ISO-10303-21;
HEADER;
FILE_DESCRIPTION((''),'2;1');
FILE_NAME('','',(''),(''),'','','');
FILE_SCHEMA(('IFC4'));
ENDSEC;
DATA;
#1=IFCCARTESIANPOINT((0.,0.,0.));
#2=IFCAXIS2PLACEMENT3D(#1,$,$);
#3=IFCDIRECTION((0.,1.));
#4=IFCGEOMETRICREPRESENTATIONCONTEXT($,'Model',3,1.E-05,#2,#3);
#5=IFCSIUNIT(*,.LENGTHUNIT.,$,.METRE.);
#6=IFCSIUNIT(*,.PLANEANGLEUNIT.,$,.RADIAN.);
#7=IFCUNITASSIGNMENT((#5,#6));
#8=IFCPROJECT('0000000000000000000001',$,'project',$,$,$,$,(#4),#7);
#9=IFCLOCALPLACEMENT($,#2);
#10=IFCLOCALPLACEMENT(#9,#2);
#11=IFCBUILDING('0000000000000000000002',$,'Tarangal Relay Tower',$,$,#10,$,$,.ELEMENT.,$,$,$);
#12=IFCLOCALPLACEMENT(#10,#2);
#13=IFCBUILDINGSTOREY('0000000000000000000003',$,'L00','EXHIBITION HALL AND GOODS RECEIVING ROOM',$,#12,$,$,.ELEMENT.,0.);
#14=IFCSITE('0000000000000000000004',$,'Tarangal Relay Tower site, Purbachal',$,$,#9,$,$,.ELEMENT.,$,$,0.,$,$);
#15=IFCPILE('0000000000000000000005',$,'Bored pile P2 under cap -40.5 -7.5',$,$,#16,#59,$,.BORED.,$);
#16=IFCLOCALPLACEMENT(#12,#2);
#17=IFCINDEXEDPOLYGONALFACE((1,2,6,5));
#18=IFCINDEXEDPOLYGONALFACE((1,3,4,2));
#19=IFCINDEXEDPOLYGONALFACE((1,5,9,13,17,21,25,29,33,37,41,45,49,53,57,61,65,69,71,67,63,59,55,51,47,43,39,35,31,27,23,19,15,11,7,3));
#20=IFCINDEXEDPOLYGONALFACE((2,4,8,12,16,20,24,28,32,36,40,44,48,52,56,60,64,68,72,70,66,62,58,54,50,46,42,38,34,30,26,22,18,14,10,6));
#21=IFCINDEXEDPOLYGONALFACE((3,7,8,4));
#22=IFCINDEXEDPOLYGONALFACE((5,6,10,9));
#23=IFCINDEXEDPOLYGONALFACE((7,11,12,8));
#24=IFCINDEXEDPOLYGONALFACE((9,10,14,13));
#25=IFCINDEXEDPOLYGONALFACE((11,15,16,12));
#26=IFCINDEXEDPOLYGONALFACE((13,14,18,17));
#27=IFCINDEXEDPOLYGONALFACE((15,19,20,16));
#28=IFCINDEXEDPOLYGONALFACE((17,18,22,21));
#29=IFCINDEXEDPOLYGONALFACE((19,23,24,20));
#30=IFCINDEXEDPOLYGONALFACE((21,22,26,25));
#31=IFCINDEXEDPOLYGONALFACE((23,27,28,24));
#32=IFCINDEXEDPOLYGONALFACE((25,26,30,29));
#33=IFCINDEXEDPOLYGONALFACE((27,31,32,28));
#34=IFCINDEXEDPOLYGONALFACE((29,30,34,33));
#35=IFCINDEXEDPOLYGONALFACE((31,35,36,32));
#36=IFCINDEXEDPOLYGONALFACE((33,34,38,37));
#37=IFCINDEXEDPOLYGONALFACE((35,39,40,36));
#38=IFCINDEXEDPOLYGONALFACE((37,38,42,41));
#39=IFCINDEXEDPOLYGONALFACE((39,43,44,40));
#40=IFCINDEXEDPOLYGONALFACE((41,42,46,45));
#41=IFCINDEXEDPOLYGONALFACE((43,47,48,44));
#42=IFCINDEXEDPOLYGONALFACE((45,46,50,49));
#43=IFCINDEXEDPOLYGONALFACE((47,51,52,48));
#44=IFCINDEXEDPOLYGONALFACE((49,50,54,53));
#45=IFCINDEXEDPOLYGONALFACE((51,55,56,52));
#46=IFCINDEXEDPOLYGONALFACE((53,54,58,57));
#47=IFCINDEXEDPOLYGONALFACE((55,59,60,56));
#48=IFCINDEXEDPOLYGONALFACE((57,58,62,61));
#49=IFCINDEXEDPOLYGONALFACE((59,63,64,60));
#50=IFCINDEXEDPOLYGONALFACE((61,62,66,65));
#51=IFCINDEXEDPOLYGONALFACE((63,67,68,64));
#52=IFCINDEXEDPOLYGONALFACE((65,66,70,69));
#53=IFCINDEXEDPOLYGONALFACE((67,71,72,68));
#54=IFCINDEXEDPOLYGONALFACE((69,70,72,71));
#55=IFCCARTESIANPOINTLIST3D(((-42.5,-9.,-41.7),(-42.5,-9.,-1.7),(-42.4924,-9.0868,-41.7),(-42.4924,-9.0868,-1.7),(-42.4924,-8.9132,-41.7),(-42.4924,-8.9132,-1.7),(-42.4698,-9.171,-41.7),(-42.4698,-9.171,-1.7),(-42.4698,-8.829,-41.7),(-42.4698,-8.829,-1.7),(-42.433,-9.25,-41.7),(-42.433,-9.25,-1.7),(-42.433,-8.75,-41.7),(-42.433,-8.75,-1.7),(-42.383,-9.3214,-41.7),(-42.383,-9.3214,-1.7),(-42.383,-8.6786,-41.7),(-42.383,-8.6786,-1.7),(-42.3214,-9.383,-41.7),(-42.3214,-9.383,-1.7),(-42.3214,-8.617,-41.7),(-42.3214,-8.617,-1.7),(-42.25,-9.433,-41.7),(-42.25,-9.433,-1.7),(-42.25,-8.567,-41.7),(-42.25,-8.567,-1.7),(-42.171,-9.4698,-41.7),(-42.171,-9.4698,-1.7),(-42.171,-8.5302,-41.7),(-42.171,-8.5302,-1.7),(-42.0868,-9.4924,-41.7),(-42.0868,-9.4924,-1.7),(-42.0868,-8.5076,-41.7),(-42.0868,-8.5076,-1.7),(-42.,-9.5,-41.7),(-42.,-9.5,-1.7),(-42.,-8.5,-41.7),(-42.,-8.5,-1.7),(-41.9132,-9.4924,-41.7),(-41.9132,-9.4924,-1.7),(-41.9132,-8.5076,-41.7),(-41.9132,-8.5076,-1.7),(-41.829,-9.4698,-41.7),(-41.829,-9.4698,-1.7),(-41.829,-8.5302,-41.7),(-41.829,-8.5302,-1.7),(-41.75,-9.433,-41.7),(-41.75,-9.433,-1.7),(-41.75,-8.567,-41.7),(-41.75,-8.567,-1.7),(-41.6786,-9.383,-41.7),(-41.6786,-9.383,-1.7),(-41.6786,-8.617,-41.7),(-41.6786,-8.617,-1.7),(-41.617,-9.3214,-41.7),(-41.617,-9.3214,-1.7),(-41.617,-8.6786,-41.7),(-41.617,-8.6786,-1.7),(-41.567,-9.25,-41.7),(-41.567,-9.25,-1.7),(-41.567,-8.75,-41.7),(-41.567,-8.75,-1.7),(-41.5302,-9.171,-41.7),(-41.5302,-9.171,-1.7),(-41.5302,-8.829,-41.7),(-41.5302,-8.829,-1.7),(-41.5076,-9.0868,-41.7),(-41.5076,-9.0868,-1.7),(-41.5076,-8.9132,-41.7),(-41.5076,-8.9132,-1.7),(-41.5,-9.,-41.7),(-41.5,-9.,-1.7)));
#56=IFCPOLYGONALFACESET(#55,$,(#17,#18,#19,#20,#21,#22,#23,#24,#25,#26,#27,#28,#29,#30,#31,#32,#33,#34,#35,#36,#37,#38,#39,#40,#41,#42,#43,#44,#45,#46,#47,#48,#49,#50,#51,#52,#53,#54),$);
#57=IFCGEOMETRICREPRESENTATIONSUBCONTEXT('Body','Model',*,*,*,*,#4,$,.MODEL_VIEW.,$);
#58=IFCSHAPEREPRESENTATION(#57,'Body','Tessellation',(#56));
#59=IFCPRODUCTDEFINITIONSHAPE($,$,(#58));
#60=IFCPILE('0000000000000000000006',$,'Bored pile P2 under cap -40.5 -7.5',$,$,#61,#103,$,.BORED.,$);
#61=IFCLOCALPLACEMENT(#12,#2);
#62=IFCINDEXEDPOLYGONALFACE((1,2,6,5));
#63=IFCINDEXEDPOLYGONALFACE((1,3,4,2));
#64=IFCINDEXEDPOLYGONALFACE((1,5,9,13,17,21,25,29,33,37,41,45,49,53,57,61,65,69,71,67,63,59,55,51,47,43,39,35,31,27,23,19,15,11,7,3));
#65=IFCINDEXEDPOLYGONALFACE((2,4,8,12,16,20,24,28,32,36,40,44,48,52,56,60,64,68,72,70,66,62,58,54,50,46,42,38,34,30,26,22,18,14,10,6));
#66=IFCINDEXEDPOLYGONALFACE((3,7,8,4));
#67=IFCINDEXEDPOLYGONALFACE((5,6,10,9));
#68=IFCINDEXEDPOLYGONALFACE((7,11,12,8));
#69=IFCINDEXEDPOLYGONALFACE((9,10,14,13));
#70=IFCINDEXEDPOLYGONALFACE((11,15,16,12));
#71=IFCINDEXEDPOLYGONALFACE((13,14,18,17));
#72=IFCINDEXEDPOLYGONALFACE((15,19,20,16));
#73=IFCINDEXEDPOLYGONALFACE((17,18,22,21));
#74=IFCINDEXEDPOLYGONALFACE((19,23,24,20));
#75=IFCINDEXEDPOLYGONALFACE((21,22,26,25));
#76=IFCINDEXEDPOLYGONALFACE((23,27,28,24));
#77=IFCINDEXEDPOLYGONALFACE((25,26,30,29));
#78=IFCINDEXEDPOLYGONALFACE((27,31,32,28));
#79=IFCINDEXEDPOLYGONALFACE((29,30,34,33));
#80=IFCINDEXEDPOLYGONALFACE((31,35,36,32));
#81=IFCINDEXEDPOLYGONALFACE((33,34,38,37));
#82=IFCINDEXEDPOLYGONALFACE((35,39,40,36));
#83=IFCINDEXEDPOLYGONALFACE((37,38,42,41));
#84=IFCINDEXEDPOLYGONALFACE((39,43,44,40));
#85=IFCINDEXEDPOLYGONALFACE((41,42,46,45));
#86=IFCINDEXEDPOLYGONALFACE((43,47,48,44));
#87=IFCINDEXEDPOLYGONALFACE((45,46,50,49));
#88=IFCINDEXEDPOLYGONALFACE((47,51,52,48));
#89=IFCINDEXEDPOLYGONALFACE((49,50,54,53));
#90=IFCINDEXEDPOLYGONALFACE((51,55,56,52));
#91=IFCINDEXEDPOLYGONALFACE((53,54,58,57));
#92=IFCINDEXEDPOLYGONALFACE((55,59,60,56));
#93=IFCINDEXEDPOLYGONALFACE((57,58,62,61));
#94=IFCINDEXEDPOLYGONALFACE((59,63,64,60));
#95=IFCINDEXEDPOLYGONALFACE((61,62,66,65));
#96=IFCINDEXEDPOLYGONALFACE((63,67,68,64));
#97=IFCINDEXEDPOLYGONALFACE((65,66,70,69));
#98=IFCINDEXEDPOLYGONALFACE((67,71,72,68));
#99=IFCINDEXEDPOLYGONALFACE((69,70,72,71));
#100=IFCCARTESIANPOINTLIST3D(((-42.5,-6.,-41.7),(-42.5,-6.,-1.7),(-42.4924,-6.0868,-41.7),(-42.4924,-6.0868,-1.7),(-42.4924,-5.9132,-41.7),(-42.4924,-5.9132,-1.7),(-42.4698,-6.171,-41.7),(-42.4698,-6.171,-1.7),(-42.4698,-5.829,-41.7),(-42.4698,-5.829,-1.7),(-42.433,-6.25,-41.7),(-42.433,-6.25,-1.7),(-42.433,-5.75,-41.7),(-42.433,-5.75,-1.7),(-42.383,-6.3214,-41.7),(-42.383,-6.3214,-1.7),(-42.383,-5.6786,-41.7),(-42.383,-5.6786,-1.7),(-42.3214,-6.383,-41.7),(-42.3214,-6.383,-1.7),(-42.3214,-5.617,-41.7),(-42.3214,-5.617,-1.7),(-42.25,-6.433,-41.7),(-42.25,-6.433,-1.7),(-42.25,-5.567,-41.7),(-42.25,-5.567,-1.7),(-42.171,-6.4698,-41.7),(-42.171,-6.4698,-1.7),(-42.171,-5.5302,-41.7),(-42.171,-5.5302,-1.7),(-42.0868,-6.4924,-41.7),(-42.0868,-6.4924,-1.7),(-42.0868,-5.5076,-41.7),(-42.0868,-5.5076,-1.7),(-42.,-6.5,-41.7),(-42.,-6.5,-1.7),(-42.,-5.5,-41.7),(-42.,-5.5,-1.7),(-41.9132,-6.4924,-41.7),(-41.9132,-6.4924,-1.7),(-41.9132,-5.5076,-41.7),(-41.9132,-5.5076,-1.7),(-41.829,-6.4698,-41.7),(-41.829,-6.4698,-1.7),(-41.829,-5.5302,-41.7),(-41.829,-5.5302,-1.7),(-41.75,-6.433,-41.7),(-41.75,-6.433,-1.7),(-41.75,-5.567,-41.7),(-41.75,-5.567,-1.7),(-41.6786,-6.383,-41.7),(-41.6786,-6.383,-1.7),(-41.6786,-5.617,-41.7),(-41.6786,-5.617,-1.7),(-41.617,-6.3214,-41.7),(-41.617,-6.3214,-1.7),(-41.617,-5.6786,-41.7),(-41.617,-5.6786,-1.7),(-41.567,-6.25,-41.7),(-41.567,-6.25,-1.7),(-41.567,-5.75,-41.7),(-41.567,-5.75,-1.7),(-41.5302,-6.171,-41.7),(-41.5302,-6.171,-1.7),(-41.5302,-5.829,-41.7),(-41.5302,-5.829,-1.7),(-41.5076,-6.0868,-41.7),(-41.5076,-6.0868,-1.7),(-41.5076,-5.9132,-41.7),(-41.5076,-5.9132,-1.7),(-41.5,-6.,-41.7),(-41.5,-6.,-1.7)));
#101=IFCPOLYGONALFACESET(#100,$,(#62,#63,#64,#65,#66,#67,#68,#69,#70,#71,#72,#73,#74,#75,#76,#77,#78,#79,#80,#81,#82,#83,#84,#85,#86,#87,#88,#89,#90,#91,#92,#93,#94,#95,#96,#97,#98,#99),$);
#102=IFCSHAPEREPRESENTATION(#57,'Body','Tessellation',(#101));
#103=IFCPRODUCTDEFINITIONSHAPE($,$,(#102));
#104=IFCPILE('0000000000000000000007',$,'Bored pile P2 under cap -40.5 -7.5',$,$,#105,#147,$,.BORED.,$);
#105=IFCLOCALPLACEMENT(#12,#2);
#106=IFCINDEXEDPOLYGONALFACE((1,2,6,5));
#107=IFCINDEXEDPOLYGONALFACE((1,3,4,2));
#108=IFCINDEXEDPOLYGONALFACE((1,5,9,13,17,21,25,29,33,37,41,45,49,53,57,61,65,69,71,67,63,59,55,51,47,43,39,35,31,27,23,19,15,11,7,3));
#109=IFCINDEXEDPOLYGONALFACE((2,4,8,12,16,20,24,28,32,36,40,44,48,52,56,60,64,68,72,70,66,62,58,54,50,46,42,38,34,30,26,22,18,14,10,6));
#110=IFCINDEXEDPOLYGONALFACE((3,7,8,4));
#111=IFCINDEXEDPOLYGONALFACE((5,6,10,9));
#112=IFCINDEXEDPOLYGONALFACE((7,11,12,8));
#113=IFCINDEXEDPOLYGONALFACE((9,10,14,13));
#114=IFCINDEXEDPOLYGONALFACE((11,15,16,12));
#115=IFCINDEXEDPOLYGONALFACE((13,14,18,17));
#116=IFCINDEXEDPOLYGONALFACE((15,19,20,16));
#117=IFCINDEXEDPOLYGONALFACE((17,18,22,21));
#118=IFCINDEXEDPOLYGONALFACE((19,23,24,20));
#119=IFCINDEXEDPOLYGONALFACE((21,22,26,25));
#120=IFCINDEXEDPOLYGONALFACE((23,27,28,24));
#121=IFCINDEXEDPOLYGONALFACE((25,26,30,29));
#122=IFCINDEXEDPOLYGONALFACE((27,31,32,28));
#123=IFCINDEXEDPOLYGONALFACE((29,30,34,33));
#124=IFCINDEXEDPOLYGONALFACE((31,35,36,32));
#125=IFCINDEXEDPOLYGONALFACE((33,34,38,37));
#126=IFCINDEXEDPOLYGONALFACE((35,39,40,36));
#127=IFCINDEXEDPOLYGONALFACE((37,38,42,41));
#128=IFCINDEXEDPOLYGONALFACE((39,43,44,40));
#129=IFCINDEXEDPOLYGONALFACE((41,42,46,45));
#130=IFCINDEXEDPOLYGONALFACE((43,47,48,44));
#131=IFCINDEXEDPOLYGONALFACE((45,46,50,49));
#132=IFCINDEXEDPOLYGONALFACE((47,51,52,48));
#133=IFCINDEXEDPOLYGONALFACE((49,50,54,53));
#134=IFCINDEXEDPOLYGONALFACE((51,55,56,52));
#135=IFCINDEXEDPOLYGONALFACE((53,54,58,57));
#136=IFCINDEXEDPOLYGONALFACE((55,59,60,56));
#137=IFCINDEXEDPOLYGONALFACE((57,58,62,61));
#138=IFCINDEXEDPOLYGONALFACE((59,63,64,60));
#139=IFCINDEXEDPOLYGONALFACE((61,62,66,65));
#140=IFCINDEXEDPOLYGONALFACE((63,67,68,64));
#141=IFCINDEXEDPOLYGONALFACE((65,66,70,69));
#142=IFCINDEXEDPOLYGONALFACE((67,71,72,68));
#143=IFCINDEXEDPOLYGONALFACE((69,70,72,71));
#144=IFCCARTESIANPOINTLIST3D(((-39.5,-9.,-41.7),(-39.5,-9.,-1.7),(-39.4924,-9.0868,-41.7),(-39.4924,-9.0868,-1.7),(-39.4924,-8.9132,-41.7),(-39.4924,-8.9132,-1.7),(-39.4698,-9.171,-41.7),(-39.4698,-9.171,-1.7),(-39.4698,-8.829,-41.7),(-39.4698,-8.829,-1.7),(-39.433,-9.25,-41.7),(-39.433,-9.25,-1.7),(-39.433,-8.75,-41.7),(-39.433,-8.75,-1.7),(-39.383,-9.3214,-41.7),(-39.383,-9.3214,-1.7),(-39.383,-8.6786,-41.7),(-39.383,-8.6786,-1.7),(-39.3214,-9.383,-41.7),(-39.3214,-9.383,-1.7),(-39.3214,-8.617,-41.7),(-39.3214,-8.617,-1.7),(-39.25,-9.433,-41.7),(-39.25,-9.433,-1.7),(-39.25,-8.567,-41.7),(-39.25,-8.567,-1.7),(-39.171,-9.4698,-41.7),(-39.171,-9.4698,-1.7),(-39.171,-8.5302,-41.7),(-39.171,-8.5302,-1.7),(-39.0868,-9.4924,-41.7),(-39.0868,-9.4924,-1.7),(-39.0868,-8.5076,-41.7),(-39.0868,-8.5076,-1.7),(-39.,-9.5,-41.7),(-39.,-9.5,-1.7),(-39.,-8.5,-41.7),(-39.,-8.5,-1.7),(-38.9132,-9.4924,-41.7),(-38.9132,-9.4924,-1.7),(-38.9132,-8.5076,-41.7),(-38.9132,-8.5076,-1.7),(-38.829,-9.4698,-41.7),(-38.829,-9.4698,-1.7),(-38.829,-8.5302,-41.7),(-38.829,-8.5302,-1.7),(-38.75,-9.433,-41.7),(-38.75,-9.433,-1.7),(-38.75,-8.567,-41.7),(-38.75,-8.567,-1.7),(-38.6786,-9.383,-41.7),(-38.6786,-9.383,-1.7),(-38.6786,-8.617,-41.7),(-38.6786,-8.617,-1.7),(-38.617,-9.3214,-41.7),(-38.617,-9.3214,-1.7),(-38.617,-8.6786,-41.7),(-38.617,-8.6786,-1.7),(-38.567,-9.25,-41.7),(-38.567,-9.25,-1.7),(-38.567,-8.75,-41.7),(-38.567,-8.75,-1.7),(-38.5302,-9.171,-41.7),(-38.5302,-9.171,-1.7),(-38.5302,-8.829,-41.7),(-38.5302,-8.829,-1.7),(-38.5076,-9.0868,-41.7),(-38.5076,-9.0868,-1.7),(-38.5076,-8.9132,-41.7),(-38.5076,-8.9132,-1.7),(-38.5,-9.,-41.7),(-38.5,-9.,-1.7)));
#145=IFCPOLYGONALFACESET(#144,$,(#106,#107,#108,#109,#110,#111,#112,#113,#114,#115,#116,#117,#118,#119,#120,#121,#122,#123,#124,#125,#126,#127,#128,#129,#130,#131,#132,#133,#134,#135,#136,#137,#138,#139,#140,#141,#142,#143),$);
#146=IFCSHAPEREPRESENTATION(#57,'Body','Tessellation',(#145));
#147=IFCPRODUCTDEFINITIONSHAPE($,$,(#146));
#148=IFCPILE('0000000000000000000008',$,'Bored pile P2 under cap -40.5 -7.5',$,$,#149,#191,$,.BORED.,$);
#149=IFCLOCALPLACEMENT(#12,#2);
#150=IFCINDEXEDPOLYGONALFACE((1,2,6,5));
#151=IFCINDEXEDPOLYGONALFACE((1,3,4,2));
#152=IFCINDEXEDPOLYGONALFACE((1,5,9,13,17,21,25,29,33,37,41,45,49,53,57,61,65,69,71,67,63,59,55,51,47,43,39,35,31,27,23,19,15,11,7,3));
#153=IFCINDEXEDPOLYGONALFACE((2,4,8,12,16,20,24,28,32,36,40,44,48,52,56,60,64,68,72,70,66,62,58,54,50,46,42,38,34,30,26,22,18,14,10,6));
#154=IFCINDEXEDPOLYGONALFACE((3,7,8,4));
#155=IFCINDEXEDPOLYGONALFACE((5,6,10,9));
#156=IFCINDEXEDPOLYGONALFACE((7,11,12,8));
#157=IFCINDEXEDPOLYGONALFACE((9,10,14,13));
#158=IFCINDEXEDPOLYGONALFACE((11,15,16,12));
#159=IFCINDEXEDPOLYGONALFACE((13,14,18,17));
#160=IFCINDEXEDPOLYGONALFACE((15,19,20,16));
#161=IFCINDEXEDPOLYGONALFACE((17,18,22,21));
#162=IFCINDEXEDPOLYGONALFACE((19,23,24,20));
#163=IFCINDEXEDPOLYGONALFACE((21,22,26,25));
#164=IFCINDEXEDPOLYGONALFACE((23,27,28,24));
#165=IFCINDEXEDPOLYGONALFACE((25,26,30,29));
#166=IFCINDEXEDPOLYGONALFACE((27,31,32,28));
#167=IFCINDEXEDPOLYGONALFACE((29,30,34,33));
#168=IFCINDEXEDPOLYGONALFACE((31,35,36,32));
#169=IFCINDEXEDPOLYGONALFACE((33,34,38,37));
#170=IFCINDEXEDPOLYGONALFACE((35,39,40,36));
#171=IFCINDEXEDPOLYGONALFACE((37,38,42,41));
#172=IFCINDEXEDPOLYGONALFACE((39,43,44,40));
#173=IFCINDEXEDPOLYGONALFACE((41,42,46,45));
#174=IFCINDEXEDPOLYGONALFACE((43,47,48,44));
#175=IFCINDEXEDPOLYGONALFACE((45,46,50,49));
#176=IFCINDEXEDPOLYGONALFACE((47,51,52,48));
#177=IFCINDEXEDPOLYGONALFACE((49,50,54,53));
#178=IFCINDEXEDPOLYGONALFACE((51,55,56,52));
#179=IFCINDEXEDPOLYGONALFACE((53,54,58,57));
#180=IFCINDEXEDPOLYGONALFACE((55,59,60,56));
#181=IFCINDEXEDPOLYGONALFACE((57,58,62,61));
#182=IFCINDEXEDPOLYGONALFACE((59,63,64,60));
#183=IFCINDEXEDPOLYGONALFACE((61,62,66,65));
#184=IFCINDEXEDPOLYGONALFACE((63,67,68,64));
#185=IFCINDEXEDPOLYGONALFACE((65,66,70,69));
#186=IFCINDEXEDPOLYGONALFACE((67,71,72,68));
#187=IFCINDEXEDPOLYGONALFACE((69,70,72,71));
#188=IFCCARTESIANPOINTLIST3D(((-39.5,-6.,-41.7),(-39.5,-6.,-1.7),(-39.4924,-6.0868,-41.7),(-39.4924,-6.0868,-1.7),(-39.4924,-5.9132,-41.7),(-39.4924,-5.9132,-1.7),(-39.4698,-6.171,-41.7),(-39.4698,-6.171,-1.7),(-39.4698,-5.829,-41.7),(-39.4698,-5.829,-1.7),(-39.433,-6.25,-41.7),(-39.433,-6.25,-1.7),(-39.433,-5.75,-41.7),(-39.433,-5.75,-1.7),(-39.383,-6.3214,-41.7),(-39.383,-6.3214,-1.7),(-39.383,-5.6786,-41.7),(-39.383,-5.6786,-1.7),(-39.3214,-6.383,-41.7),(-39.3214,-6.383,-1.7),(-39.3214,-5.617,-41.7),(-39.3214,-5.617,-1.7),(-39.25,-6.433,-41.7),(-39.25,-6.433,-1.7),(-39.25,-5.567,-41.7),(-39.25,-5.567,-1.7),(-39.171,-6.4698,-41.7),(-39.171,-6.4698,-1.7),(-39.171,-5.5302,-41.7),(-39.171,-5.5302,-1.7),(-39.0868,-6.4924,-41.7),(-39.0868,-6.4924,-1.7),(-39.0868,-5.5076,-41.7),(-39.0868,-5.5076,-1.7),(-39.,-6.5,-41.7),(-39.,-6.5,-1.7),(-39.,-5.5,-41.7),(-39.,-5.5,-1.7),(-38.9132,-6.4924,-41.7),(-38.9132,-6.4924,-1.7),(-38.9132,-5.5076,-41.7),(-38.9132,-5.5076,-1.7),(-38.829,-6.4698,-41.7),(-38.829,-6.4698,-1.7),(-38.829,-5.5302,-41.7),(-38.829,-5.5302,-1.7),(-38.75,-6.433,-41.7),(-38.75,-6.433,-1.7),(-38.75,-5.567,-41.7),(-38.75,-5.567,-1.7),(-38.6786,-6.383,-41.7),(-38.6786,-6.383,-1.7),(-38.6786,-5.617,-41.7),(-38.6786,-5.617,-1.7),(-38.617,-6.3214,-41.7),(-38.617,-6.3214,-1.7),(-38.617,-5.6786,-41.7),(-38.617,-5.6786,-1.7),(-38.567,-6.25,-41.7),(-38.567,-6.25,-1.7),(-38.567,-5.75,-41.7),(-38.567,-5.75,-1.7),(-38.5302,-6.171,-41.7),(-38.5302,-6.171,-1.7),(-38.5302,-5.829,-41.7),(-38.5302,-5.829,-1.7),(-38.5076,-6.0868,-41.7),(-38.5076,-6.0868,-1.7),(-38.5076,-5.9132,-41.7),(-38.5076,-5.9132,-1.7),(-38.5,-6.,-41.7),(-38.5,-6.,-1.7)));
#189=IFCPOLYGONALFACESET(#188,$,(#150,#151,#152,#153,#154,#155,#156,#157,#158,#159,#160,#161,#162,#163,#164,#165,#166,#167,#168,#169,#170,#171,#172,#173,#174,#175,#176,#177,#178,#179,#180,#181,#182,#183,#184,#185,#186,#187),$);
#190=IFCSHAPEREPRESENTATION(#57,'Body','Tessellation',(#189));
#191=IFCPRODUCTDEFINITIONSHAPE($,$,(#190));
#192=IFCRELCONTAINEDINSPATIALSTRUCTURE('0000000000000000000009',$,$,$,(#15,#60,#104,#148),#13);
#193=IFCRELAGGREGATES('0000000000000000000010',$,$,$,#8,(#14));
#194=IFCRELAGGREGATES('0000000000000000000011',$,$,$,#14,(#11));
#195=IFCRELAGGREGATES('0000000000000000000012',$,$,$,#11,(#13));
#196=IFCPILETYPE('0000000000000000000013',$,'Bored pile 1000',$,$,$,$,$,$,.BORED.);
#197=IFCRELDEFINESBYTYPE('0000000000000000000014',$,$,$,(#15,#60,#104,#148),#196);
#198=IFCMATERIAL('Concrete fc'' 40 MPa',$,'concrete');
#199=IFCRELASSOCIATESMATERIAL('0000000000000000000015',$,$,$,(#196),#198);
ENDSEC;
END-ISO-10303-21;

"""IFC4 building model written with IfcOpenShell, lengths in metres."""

from ifc_helpers import new_model, si_unit, direction, frame, origin, origin_2d, place, context, subcontext, project, spatial, circle, extrude, material, material_profile, profile_set, type_object, element, save


model = new_model("IFC4")

# Units and contexts
model_context = context("Model", 3, precision=1e-05, world=origin(), true_north=direction((0.0, 1.0)))
body_context = subcontext(model_context, "Body", "Model", "MODEL_VIEW")
ifc_project = project(units=[si_unit("LENGTHUNIT", "METRE"), si_unit("PLANEANGLEUNIT", "RADIAN")], contexts=[model_context])

# Site, building, storey
site_placement = place(None, origin())
site = spatial("IfcSite", under=ifc_project, at=site_placement, Name="Tarangal Relay Tower site, Purbachal", CompositionType="ELEMENT", RefElevation=0.0)
building_placement = place(site_placement, origin())
building = spatial("IfcBuilding", under=site, at=building_placement, Name="Tarangal Relay Tower", CompositionType="ELEMENT")
storey_placement = place(building_placement, origin())
storey = spatial("IfcBuildingStorey", under=building, at=storey_placement, Name="L00", Description="EXHIBITION HALL AND GOODS RECEIVING ROOM", CompositionType="ELEMENT", Elevation=0.0)

# Piles
ifc_material_1 = material(Name="Concrete fc' 40 MPa", Category="concrete")
ifc_material_profile_1 = material_profile(ifc_material_1, circle(Radius=0.5, at=origin_2d()), Name="D1000")
ifc_profile_set_1 = profile_set([ifc_material_profile_1], Name="Concrete fc' 40 MPa")
pile_type = type_object("IfcPileType", Name="Bored pile 1000", PredefinedType="BORED", material=ifc_profile_set_1)
for number, where, z_axis, x_axis, name in (
    (1, (-42.0, -9.0, -1.7), (0.0, 0.0, -1.0), (1.0, 0.0, 0.0), "Bored pile P2 under cap -40.5 -7.5"),
    (2, (-42.0, -6.0, -1.7), (0.0, 0.0, -1.0), (1.0, 0.0, 0.0), "Bored pile P2 under cap -40.5 -7.5"),
    (3, (-39.0, -9.0, -1.7), (0.0, 0.0, -1.0), (1.0, 0.0, 0.0), "Bored pile P2 under cap -40.5 -7.5"),
    (4, (-39.0, -6.0, -1.7), (0.0, 0.0, -1.0), (1.0, 0.0, 0.0), "Bored pile P2 under cap -40.5 -7.5"),
):
    element("IfcPile", number, at=place(storey_placement, frame(where, z_axis=z_axis, x_axis=x_axis)), inside=storey, type_object=pile_type, Name=name, PredefinedType="BORED", context=body_context, shape_type="SweptSolid", body=[
        extrude(circle(Radius=0.5, at=origin_2d()), origin(), (0.0, 0.0, 1.0), 40.0),
    ])

save(model, "model.ifc")
